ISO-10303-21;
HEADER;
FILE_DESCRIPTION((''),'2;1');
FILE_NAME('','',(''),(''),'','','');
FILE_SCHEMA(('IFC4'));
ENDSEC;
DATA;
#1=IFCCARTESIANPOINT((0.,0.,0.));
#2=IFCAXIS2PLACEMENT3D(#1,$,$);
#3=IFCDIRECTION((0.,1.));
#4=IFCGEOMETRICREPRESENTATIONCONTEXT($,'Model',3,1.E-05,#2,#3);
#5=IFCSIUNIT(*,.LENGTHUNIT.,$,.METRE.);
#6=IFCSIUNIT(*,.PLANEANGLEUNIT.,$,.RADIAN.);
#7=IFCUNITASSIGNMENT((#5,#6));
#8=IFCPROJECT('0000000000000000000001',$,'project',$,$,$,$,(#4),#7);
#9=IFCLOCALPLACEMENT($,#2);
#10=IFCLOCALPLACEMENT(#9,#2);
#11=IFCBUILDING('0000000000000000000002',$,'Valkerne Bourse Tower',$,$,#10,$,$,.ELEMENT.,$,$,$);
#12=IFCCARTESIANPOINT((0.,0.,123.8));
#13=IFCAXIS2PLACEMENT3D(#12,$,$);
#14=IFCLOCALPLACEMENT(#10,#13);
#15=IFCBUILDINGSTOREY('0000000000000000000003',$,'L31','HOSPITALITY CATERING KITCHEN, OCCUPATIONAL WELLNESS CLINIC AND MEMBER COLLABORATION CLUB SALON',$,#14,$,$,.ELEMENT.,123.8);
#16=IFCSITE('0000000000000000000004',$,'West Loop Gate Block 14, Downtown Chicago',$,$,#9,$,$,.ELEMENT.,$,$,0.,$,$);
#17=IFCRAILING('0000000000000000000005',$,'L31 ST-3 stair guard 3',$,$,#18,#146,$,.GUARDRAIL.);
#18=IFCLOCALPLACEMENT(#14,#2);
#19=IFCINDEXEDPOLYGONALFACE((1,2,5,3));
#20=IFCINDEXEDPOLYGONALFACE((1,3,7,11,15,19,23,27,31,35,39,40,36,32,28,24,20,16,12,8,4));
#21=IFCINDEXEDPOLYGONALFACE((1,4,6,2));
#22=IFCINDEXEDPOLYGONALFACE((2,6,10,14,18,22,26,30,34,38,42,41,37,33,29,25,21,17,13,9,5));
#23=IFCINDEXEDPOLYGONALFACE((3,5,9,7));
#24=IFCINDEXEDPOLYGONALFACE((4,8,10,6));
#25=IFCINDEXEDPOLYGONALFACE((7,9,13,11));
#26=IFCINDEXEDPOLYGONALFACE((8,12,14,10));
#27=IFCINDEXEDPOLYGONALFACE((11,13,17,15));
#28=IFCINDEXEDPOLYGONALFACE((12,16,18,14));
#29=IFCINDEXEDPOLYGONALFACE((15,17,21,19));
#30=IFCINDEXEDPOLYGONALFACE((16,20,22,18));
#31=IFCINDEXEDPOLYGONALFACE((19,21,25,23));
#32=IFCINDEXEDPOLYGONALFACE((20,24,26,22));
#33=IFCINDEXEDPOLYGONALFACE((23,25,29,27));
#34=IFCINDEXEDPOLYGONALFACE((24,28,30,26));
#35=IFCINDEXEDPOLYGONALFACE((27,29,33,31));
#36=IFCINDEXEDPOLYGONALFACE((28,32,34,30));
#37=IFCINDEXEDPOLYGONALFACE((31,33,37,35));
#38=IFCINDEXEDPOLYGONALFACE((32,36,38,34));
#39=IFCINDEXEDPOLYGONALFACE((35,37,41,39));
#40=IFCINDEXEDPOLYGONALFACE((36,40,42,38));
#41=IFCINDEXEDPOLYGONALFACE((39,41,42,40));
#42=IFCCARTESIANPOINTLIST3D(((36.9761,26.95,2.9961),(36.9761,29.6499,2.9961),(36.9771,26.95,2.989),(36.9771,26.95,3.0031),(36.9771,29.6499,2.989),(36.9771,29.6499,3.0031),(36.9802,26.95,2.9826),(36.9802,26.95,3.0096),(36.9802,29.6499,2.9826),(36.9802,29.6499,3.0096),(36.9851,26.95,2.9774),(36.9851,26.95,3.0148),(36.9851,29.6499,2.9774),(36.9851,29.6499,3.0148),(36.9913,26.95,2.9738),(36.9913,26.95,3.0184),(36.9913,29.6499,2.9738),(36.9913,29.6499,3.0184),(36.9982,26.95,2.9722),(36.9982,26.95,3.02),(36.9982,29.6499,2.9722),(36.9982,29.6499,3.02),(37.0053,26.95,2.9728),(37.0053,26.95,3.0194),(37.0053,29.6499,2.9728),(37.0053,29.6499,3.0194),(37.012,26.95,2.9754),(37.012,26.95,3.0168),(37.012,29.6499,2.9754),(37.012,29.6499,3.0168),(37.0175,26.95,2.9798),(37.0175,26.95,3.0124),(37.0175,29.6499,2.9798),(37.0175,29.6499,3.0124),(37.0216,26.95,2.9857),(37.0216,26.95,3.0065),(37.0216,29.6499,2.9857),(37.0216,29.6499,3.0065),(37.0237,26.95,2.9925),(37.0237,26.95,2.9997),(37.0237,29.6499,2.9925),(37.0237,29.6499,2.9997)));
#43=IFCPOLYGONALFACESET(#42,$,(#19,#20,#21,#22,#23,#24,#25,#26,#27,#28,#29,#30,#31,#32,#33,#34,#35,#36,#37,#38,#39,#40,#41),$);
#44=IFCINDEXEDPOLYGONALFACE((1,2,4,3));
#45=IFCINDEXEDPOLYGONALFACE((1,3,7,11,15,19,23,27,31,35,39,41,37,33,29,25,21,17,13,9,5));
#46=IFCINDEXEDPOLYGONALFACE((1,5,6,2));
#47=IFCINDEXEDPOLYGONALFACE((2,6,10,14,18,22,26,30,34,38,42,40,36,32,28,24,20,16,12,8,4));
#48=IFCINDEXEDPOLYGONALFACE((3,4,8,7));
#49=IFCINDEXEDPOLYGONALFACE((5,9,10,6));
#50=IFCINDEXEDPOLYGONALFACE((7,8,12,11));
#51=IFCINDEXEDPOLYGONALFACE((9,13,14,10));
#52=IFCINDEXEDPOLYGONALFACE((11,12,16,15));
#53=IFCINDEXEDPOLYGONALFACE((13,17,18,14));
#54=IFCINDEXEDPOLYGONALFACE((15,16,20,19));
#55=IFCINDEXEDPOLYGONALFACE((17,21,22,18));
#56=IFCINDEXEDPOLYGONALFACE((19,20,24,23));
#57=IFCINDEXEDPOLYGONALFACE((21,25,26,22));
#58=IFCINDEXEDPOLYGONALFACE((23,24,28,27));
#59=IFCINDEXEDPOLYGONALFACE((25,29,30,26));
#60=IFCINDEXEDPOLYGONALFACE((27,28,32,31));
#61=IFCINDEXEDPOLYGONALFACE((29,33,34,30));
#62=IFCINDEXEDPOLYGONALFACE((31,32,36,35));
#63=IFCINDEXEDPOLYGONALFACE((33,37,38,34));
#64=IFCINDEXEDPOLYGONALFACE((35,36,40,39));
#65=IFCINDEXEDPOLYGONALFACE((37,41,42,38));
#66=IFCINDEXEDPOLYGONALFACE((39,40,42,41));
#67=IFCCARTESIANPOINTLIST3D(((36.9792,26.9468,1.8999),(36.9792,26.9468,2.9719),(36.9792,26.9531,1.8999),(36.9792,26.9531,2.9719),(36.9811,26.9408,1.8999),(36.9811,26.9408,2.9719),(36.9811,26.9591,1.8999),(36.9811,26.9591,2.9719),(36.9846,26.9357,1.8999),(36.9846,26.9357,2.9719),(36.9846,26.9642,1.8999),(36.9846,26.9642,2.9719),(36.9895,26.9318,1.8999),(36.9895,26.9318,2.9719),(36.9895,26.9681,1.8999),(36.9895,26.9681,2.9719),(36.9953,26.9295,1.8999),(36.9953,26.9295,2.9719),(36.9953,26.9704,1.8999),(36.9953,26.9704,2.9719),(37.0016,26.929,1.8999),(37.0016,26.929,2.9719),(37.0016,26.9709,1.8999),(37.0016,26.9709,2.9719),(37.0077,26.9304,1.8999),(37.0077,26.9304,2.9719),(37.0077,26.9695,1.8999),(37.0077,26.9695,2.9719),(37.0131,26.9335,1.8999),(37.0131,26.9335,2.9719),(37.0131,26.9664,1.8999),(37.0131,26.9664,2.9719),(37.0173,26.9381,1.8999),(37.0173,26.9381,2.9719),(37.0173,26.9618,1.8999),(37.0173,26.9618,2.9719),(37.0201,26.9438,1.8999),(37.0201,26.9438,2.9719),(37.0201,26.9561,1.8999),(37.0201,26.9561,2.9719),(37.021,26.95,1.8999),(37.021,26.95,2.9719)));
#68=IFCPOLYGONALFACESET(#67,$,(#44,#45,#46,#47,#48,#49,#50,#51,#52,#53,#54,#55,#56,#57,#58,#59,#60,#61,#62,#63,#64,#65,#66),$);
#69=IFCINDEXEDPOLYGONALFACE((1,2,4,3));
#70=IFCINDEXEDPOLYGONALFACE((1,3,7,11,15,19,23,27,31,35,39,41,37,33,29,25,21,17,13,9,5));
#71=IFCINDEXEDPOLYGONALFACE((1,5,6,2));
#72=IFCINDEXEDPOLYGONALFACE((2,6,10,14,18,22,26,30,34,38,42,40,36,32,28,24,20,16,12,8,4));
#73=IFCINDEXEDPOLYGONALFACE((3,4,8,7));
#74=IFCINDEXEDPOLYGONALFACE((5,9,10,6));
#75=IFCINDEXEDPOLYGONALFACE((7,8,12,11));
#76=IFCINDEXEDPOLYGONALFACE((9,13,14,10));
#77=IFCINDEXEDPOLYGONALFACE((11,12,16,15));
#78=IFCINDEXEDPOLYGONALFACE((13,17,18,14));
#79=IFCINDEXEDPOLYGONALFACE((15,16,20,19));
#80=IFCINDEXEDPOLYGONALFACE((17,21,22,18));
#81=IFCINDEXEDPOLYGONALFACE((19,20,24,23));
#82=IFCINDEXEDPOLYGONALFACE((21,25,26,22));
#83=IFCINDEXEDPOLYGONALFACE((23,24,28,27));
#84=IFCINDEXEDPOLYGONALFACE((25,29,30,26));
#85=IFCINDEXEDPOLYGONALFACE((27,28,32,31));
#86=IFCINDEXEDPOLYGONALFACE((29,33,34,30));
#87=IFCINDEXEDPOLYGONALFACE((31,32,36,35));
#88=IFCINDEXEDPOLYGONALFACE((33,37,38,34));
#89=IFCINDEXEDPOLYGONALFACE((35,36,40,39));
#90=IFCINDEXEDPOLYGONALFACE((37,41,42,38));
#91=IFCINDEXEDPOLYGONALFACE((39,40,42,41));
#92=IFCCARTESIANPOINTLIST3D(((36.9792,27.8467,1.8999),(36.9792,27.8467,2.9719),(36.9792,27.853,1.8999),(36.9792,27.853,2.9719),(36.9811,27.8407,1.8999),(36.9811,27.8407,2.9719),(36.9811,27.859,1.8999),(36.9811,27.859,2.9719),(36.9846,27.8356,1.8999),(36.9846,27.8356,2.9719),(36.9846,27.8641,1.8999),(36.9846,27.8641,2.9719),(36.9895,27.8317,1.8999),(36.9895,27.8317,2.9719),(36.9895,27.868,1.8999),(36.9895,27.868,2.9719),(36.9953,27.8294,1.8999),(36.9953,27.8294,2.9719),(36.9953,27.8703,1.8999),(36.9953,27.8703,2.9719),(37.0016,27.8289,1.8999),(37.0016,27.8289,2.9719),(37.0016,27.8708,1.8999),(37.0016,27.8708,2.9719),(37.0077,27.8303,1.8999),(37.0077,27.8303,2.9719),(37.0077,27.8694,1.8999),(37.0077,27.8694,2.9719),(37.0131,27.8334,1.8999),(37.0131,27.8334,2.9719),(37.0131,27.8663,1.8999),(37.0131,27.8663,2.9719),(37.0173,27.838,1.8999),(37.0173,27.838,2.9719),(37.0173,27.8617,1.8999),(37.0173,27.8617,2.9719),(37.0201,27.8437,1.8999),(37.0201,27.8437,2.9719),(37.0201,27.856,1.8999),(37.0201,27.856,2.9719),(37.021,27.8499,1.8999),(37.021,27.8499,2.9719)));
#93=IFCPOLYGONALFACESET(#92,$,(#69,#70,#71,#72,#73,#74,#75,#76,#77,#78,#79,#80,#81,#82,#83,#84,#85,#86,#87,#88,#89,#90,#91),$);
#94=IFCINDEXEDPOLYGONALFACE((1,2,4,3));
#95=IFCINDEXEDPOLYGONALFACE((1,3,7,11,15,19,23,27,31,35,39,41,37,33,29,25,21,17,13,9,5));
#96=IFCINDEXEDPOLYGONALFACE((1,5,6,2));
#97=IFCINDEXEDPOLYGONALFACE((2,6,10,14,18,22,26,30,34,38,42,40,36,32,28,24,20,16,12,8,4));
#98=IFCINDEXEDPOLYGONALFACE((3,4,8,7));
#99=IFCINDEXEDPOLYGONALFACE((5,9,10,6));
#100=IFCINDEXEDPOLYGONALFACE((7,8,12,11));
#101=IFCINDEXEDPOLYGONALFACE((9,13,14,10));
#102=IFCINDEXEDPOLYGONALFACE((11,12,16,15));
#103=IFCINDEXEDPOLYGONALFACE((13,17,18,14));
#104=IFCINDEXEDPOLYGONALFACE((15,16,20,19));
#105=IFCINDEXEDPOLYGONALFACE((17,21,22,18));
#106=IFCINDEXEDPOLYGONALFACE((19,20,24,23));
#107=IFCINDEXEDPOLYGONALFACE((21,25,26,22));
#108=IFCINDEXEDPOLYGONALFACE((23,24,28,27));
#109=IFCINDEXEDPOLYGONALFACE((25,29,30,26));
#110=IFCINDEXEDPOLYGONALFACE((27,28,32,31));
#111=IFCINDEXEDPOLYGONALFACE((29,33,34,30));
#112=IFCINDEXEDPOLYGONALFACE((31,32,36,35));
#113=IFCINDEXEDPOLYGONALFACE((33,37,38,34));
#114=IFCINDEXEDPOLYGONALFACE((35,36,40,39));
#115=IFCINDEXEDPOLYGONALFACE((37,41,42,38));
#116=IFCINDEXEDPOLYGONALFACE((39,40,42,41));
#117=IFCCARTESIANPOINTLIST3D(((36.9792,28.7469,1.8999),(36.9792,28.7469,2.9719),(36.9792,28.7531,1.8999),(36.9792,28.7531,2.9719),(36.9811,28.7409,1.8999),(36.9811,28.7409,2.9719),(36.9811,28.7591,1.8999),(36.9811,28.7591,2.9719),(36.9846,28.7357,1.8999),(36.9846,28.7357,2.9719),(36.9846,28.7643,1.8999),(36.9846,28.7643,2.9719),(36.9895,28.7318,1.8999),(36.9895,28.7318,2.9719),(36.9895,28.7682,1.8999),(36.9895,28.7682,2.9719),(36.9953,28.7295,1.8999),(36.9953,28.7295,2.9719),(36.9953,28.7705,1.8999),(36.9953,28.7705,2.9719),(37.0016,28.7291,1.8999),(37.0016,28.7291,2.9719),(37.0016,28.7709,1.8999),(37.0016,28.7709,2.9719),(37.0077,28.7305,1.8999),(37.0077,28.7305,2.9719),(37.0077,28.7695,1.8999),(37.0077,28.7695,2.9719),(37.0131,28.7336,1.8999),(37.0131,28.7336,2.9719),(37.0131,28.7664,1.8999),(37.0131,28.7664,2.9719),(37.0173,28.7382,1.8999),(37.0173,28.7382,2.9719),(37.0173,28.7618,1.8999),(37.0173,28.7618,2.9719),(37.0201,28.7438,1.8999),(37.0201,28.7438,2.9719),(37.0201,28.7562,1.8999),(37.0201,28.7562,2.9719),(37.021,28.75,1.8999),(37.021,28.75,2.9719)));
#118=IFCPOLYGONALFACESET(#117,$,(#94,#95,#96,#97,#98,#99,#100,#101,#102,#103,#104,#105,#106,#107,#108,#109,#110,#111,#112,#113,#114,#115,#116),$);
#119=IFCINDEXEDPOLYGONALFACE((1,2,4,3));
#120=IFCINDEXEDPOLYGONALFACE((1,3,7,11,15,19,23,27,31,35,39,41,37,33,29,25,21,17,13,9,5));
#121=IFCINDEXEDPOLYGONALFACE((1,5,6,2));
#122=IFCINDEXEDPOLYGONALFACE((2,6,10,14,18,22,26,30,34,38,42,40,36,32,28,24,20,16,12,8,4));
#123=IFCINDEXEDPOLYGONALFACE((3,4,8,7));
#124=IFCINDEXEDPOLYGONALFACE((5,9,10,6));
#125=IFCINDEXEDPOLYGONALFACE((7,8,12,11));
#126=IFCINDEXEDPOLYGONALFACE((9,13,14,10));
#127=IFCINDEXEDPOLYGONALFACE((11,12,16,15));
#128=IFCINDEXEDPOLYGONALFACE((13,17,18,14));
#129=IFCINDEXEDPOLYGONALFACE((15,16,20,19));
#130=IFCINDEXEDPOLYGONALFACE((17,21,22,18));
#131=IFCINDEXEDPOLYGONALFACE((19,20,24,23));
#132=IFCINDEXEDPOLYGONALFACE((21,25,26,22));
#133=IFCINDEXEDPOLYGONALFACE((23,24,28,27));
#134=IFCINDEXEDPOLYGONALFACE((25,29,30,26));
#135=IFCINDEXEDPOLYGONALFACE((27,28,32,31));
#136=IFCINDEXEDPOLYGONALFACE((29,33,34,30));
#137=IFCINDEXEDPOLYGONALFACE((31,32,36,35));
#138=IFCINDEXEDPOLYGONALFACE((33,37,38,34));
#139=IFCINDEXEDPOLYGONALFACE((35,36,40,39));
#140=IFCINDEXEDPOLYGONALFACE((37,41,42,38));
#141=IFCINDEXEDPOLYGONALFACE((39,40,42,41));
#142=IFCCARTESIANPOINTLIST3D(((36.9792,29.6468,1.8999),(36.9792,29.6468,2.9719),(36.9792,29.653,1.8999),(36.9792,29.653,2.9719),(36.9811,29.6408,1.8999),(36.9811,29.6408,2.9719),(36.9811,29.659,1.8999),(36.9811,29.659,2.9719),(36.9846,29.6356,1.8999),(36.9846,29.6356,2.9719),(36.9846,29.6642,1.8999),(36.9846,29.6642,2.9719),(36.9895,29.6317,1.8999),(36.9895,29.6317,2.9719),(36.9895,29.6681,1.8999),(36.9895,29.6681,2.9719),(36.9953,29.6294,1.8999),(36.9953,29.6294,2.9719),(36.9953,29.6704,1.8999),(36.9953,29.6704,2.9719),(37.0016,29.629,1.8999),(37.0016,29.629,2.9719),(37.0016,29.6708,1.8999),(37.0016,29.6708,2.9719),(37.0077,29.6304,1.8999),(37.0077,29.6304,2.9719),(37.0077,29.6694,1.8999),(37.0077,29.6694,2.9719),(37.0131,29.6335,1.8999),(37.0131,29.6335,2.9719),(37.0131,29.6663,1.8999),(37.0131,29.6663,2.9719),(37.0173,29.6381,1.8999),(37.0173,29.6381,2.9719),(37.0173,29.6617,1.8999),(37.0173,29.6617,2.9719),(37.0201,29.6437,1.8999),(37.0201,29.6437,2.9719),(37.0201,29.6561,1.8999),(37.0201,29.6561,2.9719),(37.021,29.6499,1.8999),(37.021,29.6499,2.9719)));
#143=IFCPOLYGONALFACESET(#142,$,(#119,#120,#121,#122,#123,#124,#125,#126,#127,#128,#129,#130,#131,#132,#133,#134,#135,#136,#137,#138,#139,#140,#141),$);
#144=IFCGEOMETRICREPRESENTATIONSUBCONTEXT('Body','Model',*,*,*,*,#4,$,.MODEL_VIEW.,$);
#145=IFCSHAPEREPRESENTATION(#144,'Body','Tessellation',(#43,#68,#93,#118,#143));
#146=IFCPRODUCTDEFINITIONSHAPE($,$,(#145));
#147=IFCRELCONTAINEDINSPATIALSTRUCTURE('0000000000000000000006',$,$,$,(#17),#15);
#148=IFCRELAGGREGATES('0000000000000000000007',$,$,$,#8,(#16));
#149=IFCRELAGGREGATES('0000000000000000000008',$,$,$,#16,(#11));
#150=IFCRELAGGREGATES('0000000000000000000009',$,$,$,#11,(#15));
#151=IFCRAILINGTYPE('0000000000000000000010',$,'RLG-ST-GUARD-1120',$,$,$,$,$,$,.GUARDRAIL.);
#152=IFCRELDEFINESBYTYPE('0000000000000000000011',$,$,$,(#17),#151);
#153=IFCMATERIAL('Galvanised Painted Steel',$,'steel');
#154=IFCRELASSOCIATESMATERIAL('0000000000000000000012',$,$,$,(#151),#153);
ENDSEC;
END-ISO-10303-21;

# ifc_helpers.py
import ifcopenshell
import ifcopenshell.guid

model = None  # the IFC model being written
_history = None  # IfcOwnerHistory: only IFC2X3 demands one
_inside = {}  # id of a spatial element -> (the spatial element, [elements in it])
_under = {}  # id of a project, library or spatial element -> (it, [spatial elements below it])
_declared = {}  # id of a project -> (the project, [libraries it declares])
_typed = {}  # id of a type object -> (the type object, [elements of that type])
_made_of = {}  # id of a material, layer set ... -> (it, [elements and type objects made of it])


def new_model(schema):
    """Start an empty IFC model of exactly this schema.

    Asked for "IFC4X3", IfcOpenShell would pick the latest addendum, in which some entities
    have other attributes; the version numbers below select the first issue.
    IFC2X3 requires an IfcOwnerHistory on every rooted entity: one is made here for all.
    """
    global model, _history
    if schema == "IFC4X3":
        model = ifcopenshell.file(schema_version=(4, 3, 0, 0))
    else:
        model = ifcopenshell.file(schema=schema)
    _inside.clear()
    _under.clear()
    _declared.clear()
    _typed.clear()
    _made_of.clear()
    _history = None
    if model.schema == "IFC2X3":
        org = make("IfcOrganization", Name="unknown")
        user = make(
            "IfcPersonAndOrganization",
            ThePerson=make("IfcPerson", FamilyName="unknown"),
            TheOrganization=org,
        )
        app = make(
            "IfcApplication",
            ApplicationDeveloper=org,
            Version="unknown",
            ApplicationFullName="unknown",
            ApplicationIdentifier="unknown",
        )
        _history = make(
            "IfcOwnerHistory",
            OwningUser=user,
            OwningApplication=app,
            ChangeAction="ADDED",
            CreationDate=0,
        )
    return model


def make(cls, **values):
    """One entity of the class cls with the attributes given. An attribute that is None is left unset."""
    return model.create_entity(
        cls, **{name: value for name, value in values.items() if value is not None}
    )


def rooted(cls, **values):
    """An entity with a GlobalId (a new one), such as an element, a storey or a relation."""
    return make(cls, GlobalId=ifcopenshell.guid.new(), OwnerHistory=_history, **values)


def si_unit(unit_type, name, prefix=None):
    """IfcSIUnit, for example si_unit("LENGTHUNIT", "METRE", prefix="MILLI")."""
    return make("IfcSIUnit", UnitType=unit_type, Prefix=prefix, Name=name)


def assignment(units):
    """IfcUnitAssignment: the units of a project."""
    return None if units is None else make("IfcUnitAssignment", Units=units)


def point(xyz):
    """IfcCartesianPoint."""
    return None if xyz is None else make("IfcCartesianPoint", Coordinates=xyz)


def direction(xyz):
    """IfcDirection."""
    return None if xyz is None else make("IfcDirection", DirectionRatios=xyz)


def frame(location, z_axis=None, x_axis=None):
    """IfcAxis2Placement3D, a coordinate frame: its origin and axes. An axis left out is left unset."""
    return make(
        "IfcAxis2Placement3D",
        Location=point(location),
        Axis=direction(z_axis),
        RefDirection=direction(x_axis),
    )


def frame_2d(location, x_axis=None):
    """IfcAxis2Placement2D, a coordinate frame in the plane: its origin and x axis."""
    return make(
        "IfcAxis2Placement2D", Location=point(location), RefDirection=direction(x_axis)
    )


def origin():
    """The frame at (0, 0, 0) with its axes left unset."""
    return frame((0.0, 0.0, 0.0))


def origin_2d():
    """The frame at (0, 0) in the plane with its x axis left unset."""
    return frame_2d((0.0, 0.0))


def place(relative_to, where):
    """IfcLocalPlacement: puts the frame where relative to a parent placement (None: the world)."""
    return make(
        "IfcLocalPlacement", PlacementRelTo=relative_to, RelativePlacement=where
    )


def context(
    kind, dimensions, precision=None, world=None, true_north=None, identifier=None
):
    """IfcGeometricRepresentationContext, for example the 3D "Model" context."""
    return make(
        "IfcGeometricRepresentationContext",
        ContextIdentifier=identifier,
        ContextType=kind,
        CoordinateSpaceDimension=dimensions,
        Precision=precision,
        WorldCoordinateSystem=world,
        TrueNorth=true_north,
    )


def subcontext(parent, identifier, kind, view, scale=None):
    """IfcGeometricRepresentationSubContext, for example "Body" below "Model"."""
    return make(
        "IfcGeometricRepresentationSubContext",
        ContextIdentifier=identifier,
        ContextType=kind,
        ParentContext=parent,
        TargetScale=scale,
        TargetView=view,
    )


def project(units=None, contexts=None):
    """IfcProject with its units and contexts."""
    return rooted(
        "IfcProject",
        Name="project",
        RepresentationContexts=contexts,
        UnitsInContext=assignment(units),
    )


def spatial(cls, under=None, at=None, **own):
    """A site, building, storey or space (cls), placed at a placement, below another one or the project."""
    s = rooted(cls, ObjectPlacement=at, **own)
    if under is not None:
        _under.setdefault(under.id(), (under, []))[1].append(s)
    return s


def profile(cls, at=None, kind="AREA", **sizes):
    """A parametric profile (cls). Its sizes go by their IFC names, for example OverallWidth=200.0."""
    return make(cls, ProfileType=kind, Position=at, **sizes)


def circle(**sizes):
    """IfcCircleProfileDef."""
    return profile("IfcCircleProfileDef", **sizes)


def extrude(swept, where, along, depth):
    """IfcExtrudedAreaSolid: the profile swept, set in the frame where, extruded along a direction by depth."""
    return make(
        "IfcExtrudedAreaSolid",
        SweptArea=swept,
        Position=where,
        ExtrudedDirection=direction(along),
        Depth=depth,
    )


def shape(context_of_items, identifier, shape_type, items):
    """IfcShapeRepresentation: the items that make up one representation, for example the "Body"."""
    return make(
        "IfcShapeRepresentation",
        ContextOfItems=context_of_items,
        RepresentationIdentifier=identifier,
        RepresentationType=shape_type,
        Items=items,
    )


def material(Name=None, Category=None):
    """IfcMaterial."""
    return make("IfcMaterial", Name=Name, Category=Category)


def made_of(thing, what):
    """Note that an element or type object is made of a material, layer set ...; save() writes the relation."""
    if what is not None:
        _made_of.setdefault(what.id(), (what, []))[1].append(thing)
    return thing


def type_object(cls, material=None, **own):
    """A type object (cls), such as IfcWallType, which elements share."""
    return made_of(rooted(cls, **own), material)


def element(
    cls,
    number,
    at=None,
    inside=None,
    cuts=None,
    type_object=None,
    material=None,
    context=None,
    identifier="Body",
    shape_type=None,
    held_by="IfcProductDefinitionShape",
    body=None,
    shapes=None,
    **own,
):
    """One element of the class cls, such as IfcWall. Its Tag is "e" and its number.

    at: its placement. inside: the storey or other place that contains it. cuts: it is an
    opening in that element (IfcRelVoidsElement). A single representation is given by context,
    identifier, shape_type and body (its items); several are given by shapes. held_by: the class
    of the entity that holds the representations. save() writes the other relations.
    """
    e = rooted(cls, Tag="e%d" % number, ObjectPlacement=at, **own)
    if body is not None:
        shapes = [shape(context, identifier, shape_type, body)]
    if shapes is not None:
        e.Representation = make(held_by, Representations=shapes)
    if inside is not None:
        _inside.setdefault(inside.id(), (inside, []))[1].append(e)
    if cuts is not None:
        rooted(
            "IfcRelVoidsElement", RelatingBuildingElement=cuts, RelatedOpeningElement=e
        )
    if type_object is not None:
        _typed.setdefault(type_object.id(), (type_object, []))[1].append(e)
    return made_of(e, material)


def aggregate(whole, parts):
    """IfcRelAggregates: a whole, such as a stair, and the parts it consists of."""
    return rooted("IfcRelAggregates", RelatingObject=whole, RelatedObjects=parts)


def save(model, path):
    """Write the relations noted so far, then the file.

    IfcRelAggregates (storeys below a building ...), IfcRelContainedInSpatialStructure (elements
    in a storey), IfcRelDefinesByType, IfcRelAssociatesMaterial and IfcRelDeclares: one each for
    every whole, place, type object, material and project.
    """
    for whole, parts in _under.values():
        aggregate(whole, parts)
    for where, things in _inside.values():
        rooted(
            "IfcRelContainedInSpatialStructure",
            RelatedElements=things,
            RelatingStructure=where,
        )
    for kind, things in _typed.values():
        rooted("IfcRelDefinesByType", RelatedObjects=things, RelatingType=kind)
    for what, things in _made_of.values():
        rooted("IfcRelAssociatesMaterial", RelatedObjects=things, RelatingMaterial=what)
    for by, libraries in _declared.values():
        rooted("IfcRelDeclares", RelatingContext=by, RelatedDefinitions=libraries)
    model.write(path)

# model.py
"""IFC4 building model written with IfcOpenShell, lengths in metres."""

from ifc_helpers import new_model, si_unit, direction, frame, origin, origin_2d, place, context, subcontext, project, spatial, circle, extrude, material, type_object, element, save


model = new_model("IFC4")

# Units and contexts
model_context = context("Model", 3, precision=1e-05, world=origin(), true_north=direction((0.0, 1.0)))
body_context = subcontext(model_context, "Body", "Model", "MODEL_VIEW")
ifc_project = project(units=[si_unit("LENGTHUNIT", "METRE"), si_unit("PLANEANGLEUNIT", "RADIAN")], contexts=[model_context])

# Site, building, storey
site_placement = place(None, origin())
site = spatial("IfcSite", under=ifc_project, at=site_placement, Name="West Loop Gate Block 14, Downtown Chicago", CompositionType="ELEMENT", RefElevation=0.0)
building_placement = place(site_placement, origin())
building = spatial("IfcBuilding", under=site, at=building_placement, Name="Valkerne Bourse Tower", CompositionType="ELEMENT")
storey_placement = place(building_placement, frame((0.0, 0.0, 123.8)))
storey = spatial("IfcBuildingStorey", under=building, at=storey_placement, Name="L31", Description="HOSPITALITY CATERING KITCHEN, OCCUPATIONAL WELLNESS CLINIC AND MEMBER COLLABORATION CLUB SALON", CompositionType="ELEMENT", Elevation=123.8)

# Shared definitions
ifc_material_1 = material(Name="Galvanised Painted Steel", Category="steel")

# Railing
railing_type_1 = type_object("IfcRailingType", Name="RLG-ST-GUARD-1120", PredefinedType="GUARDRAIL", material=ifc_material_1)
for number, where, name in (
    (1, (37.0, 26.95, 1.8999), "L31 ST-3 stair guard 3"),
):
    element("IfcRailing", number, at=place(storey_placement, frame(where)), inside=storey, type_object=railing_type_1, Name=name, PredefinedType="GUARDRAIL", context=body_context, shape_type="SweptSolid", body=[
        extrude(circle(Radius=0.0239, at=origin_2d()), frame((0.0, 0.0, 1.0962), z_axis=(0.0, 1.0, 0.0), x_axis=(-1.0, 0.0, 0.0)), (0.0, 0.0, 1.0), 2.7),
        extrude(circle(Radius=0.021, at=origin_2d()), origin(), (0.0, 0.0, 1.0), 1.072),
        extrude(circle(Radius=0.021, at=origin_2d()), frame((0.0, 0.8999, 0.0)), (0.0, 0.0, 1.0), 1.072),
        extrude(circle(Radius=0.021, at=origin_2d()), frame((0.0, 1.8, 0.0)), (0.0, 0.0, 1.0), 1.072),
        extrude(circle(Radius=0.021, at=origin_2d()), frame((0.0, 2.7, 0.0)), (0.0, 0.0, 1.0), 1.072),
    ])

save(model, "model.ifc")
